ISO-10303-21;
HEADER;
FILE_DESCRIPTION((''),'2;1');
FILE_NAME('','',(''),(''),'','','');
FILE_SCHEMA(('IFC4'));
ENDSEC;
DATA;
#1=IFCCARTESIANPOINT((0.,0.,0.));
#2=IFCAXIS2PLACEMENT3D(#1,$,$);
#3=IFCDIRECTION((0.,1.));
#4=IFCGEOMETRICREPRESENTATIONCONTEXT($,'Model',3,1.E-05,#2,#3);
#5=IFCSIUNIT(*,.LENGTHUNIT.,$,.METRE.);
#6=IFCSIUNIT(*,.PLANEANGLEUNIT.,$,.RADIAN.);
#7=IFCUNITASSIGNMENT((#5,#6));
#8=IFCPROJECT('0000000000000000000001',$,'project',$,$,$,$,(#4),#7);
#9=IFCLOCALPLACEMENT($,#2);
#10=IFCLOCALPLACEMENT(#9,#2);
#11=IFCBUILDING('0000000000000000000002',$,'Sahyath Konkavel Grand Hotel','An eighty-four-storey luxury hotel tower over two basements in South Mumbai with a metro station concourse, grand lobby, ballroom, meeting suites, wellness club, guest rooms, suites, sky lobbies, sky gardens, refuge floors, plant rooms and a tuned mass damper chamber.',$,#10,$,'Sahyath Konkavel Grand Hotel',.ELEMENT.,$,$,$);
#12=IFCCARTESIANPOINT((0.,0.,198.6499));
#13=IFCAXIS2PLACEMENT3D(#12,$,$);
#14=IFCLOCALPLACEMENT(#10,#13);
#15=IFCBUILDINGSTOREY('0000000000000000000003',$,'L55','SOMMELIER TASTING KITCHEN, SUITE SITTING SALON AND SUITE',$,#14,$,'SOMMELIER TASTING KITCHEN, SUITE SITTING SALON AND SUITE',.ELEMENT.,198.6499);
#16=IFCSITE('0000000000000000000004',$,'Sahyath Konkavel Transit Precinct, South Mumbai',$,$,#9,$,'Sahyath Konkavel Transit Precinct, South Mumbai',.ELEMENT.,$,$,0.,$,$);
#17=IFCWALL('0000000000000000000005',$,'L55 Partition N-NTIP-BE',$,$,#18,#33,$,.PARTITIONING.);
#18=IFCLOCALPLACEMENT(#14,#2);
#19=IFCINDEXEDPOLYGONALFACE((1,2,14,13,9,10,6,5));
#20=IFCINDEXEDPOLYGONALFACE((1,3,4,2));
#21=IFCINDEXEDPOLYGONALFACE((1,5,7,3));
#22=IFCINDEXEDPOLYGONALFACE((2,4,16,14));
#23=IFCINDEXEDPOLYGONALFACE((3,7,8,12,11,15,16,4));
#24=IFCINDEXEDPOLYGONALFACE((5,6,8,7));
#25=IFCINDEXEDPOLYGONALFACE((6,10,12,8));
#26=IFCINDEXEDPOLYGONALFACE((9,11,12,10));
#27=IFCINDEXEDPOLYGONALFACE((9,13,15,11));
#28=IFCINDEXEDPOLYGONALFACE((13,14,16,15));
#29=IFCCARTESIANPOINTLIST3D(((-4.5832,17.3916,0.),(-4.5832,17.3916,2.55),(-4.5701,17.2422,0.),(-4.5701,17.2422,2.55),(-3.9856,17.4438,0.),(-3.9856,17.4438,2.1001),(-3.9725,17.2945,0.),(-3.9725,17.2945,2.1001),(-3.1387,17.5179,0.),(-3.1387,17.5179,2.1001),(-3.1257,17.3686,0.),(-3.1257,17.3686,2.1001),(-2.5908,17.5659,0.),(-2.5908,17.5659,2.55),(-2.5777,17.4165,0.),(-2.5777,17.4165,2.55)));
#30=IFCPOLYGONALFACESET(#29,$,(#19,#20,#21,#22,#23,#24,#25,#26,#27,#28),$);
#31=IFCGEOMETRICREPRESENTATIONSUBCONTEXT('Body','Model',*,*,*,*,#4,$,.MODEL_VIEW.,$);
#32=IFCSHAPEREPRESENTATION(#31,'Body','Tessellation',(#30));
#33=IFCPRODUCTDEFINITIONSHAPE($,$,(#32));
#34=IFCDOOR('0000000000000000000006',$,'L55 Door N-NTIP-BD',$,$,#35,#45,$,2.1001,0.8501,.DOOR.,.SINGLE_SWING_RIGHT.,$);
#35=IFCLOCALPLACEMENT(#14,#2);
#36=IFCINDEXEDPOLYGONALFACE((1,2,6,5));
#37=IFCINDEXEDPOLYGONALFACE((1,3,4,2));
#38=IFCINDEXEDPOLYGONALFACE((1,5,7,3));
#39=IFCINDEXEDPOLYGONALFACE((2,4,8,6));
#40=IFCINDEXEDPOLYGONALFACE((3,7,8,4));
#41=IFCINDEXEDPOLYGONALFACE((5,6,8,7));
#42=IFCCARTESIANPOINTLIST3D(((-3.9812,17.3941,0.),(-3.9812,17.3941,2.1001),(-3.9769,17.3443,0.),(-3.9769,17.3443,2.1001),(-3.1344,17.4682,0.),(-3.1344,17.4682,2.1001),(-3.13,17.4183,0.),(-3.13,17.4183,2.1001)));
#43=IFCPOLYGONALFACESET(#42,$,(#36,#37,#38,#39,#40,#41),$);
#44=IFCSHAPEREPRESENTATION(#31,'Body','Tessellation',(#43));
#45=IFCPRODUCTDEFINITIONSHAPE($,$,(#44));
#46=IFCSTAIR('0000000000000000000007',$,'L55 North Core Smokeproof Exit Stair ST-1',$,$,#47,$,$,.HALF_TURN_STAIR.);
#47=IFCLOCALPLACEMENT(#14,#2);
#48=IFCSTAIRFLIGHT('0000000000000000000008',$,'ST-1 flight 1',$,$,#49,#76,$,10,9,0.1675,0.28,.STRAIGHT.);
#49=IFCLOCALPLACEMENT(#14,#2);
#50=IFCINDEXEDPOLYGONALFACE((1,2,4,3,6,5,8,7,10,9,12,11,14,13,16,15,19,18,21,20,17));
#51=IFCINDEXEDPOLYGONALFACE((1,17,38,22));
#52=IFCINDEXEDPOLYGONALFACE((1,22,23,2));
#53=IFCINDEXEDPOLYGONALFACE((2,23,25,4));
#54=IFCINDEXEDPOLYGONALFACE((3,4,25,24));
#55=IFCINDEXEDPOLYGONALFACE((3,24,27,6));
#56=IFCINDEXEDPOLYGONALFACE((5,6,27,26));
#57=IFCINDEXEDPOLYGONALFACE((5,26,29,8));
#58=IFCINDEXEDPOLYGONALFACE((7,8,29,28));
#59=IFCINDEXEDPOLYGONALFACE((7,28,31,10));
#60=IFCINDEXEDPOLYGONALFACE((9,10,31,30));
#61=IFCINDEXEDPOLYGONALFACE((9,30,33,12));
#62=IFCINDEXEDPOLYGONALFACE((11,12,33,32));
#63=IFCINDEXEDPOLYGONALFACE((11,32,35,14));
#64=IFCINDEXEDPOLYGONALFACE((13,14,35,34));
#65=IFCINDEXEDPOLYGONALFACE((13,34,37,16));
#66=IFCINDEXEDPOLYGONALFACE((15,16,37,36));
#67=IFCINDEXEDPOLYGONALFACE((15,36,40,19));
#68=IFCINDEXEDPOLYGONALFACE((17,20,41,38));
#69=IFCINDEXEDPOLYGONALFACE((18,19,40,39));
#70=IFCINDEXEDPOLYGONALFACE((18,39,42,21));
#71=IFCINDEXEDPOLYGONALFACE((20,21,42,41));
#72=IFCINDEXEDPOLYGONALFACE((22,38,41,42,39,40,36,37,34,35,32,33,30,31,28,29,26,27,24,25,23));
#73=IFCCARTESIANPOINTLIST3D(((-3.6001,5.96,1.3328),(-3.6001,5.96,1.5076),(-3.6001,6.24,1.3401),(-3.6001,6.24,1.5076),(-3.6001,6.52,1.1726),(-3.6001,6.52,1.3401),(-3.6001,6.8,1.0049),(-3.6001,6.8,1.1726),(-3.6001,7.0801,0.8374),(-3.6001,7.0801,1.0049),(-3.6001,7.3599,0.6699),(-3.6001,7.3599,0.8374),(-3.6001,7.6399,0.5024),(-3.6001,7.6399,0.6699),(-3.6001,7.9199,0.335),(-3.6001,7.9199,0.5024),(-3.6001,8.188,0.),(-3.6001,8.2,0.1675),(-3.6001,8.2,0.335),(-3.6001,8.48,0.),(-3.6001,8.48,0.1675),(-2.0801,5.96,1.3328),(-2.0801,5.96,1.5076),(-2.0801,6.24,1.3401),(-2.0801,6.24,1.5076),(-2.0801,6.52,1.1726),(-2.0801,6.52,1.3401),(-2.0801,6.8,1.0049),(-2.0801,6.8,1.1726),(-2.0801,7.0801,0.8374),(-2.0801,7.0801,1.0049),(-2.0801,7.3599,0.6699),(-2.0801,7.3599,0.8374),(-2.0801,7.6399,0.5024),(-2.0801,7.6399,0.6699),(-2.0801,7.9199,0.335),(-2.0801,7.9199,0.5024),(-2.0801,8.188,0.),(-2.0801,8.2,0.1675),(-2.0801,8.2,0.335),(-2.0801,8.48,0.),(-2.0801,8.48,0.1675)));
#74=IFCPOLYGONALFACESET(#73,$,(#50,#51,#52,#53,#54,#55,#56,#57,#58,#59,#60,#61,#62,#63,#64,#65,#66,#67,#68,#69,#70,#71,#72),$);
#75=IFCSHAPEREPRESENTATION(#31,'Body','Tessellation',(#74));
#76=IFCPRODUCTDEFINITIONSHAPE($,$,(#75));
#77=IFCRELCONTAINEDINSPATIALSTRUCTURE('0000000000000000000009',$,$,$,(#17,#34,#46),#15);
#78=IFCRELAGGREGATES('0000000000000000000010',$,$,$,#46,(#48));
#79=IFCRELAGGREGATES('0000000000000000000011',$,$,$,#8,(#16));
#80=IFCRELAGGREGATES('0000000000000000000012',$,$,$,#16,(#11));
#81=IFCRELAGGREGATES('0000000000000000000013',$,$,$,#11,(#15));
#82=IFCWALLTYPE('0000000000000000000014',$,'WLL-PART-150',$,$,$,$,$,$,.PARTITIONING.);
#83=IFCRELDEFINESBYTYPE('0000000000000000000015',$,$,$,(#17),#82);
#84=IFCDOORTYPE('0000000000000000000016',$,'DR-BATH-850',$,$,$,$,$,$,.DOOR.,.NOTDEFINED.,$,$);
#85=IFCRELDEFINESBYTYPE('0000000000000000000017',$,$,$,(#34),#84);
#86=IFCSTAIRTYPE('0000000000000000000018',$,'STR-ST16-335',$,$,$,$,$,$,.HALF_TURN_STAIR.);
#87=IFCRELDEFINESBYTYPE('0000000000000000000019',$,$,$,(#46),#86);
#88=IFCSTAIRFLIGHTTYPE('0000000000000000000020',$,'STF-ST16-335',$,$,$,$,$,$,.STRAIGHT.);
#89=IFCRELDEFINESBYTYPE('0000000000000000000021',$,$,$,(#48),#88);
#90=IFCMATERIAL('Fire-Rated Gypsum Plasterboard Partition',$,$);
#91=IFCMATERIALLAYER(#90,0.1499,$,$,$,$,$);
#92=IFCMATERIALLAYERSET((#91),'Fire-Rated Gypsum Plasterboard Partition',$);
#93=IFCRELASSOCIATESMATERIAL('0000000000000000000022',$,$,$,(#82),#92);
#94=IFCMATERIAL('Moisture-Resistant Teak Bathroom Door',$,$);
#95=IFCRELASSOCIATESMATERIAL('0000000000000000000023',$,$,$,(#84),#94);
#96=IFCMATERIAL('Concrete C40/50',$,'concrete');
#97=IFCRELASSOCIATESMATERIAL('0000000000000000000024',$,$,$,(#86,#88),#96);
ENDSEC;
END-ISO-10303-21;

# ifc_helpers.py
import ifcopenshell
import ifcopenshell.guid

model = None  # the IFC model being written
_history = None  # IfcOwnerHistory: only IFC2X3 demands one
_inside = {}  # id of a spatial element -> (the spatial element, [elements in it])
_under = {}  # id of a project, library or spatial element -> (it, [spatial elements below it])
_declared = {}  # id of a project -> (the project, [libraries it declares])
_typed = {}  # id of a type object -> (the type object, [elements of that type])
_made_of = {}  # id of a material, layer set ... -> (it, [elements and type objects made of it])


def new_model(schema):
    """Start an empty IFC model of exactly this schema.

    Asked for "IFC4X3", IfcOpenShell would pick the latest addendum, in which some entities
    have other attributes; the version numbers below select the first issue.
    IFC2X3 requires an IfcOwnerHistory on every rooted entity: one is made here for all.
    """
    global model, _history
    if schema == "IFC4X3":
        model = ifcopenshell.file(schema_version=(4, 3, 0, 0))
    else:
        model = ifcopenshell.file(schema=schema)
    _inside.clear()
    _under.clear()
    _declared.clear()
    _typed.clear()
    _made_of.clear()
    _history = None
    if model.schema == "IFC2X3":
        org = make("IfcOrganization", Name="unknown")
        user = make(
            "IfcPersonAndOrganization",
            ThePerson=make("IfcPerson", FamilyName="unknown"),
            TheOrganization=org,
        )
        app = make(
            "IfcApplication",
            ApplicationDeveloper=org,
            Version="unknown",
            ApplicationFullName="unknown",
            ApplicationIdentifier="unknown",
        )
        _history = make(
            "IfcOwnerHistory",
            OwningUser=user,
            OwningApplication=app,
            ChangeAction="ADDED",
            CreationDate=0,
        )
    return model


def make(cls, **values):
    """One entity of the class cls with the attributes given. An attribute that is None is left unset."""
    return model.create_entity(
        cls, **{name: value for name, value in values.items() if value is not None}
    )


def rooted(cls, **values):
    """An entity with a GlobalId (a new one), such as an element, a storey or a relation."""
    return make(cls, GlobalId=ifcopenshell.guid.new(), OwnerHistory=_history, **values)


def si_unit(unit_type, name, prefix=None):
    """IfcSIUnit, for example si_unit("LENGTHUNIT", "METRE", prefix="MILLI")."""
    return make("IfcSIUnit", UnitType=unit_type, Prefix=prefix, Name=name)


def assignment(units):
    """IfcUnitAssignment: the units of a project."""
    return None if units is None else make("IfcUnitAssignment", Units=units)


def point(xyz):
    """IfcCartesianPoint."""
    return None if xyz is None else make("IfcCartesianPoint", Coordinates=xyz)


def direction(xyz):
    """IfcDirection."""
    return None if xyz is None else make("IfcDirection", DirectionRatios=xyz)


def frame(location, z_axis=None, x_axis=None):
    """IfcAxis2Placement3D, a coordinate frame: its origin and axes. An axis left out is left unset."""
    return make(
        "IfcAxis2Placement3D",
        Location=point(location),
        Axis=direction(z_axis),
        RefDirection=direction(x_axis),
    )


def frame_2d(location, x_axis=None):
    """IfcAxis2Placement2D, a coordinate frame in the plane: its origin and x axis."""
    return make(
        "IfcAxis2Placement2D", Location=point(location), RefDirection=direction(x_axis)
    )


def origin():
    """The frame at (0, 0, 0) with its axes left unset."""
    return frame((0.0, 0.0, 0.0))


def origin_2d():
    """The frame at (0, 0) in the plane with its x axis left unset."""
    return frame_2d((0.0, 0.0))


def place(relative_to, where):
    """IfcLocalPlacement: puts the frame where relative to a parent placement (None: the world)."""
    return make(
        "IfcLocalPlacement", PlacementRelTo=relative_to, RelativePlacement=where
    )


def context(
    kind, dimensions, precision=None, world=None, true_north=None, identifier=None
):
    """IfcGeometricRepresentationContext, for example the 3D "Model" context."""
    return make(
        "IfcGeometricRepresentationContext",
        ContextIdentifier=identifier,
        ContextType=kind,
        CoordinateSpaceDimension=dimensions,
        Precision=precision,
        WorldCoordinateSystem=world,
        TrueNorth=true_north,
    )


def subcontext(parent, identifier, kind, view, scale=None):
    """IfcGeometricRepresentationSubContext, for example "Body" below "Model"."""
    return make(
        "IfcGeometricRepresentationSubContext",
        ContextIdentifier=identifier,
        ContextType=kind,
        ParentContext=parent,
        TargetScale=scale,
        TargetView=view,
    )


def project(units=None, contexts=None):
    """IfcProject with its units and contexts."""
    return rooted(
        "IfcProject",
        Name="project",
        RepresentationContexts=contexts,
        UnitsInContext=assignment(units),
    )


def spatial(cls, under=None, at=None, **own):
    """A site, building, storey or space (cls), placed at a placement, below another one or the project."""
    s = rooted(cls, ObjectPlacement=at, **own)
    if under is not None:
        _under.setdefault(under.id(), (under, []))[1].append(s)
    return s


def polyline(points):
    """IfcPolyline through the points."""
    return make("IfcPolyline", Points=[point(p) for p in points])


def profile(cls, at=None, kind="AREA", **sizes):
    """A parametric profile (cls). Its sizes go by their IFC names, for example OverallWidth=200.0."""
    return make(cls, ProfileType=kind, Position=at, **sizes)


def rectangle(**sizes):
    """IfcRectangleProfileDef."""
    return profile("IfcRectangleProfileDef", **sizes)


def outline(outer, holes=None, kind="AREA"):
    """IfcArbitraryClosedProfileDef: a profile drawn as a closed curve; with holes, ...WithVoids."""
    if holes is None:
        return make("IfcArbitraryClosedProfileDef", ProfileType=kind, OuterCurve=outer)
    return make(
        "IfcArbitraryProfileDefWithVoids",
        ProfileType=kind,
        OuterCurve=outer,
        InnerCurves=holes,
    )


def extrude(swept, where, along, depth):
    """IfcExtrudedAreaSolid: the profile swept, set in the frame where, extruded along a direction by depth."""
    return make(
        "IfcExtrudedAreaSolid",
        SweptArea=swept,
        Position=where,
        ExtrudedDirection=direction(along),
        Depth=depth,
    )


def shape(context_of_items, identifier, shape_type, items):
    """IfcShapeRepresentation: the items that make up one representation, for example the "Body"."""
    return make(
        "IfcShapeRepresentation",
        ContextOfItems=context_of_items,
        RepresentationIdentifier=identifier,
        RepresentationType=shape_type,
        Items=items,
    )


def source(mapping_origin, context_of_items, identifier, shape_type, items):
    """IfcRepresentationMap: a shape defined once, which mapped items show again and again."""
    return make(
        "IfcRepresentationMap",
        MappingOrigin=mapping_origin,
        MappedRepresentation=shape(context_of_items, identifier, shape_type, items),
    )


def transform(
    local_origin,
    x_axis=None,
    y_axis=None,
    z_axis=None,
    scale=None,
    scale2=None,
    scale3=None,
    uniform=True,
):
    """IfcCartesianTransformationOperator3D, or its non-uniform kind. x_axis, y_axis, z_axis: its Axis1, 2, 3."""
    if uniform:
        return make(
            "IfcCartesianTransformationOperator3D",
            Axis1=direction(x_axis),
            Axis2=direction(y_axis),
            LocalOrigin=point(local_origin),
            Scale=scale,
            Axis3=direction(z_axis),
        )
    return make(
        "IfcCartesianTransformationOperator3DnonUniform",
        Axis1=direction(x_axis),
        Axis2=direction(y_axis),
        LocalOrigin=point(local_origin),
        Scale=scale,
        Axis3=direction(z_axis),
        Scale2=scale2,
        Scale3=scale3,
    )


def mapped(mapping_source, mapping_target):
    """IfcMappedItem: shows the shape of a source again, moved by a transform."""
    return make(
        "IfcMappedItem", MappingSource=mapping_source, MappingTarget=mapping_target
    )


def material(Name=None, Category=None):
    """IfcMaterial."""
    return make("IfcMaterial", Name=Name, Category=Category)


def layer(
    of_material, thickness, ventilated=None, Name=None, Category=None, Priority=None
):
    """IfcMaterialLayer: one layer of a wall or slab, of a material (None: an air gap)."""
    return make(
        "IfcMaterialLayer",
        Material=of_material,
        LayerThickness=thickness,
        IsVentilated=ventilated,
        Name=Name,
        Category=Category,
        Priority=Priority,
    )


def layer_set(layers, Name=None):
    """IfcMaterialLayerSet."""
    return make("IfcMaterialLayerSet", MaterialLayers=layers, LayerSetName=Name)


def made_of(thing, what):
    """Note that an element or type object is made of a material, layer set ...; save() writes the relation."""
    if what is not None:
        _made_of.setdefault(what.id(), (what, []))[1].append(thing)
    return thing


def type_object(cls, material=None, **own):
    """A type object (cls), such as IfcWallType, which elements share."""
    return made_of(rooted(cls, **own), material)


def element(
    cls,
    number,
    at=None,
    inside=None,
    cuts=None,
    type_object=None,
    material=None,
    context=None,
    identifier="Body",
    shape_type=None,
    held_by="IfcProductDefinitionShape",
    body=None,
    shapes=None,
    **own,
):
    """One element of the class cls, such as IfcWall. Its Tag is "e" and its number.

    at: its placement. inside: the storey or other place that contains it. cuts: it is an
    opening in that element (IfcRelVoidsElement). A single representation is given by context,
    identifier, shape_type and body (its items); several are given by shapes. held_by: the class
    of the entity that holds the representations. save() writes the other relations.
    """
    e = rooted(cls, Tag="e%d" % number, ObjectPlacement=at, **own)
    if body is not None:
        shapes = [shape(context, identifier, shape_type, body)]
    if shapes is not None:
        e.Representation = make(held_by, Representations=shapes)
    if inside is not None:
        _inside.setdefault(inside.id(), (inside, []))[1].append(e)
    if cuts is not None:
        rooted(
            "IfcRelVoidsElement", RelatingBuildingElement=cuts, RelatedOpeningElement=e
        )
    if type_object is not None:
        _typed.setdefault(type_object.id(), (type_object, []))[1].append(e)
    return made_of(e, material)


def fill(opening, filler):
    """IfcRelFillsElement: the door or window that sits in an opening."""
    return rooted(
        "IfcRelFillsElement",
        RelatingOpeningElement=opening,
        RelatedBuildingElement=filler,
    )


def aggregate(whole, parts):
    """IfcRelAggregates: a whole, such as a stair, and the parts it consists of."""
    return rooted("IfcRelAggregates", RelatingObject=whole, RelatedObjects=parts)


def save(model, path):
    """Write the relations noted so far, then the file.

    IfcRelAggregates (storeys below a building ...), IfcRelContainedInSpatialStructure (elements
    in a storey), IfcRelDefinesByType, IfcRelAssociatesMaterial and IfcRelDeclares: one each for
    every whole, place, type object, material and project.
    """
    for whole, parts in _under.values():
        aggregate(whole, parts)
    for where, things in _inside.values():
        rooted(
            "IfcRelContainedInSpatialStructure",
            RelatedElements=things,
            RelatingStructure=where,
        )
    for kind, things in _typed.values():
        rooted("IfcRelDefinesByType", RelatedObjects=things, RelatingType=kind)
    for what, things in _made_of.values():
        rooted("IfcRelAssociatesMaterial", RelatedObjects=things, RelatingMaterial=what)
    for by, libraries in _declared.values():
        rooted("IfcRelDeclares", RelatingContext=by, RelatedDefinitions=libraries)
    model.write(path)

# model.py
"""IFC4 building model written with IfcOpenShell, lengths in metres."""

from ifc_helpers import new_model, si_unit, direction, frame, frame_2d, origin, origin_2d, place, context, subcontext, project, spatial, polyline, rectangle, outline, extrude, source, transform, mapped, material, layer, layer_set, type_object, element, fill, aggregate, save


model = new_model("IFC4")

# Units and contexts
model_context = context("Model", 3, precision=1e-05, world=origin(), true_north=direction((0.0, 1.0)))
body_context = subcontext(model_context, "Body", "Model", "MODEL_VIEW")
ifc_project = project(units=[si_unit("LENGTHUNIT", "METRE"), si_unit("PLANEANGLEUNIT", "RADIAN")], contexts=[model_context])

# Site, building, storey
site_placement = place(None, origin())
site = spatial("IfcSite", under=ifc_project, at=site_placement, Name="Sahyath Konkavel Transit Precinct, South Mumbai", LongName="Sahyath Konkavel Transit Precinct, South Mumbai", CompositionType="ELEMENT", RefElevation=0.0)
building_placement = place(site_placement, origin())
building = spatial("IfcBuilding", under=site, at=building_placement, Name="Sahyath Konkavel Grand Hotel", Description="An eighty-four-storey luxury hotel tower over two basements in South Mumbai with a metro station concourse, grand lobby, ballroom, meeting suites, wellness club, guest rooms, suites, sky lobbies, sky gardens, refuge floors, plant rooms and a tuned mass damper chamber.", LongName="Sahyath Konkavel Grand Hotel", CompositionType="ELEMENT")
storey_placement = place(building_placement, frame((0.0, 0.0, 198.6499)))
storey = spatial("IfcBuildingStorey", under=building, at=storey_placement, Name="L55", Description="SOMMELIER TASTING KITCHEN, SUITE SITTING SALON AND SUITE", LongName="SOMMELIER TASTING KITCHEN, SUITE SITTING SALON AND SUITE", CompositionType="ELEMENT", Elevation=198.6499)

# Shared definitions
ifc_material_1 = material(Name="Fire-Rated Gypsum Plasterboard Partition")
ifc_layer_1 = layer(ifc_material_1, 0.1499)
ifc_layer_set_1 = layer_set([ifc_layer_1], Name="Fire-Rated Gypsum Plasterboard Partition")
wall_type_1 = type_object("IfcWallType", Name="WLL-PART-150", PredefinedType="PARTITIONING", material=ifc_layer_set_1)

# Wall, opening, door
wall_1_placement = place(storey_placement, frame((-2.5842, 17.4912, 0.0), z_axis=(0.0, 0.0, 1.0), x_axis=(-0.996195, -0.087156, 0.0)))
wall_1 = element("IfcWall", 1, at=wall_1_placement, inside=storey, type_object=wall_type_1, Name="L55 Partition N-NTIP-BE", PredefinedType="PARTITIONING", context=body_context, shape_type="SweptSolid", body=[
    extrude(rectangle(XDim=2.0, YDim=0.1499, at=frame_2d((1.0, 0.0))), origin(), (0.0, 0.0, 1.0), 2.55),
])
opening_placement = place(wall_1_placement, frame((0.55, 0.0, 0.0)))
opening = element("IfcOpeningElement", 2, at=opening_placement, cuts=wall_1, PredefinedType="OPENING", context=body_context, shape_type="SweptSolid", body=[
    extrude(rectangle(XDim=0.8501, YDim=2.1001, at=frame_2d((0.425, 1.05))), frame((0.0, 0.085, 0.0), z_axis=(0.0, -1.0, 0.0), x_axis=(1.0, 0.0, 0.0)), (0.0, 0.0, 1.0), 0.1699),
])
ifc_material_2 = material(Name="Moisture-Resistant Teak Bathroom Door")
door_type = type_object("IfcDoorType", Name="DR-BATH-850", OperationType="NOTDEFINED", PredefinedType="DOOR", material=ifc_material_2)
shared_shape_1 = source(origin(), body_context, "Body", "SweptSolid", [
    extrude(rectangle(XDim=0.8501, YDim=0.05, at=origin_2d()), origin(), (0.0, 0.0, 1.0), 2.1001),
])
door_placement = place(opening_placement, frame((0.425, 0.0, 0.0)))
door = element("IfcDoor", 3, at=door_placement, inside=storey, type_object=door_type, Name="L55 Door N-NTIP-BD", OperationType="SINGLE_SWING_RIGHT", OverallHeight=2.1001, OverallWidth=0.8501, PredefinedType="DOOR", context=body_context, shape_type="MappedRepresentation", body=[
    mapped(shared_shape_1, transform((0.0, 0.0, 0.0), scale=1.0)),
])
fill(opening, door)

# Stair, stair flight
ifc_material_3 = material(Name="Concrete C40/50", Category="concrete")
stair_type = type_object("IfcStairType", Name="STR-ST16-335", PredefinedType="HALF_TURN_STAIR", material=ifc_material_3)
stair_placement = place(storey_placement, origin())
stair = element("IfcStair", 4, at=stair_placement, inside=storey, type_object=stair_type, Name="L55 North Core Smokeproof Exit Stair ST-1", PredefinedType="HALF_TURN_STAIR")
stair_flight_type = type_object("IfcStairFlightType", Name="STF-ST16-335", PredefinedType="STRAIGHT", material=ifc_material_3)
stair_flight_placement = place(storey_placement, frame((-2.8401, 8.48, 0.0), z_axis=(0.0, 0.0, 1.0), x_axis=(0.0, -1.0, 0.0)))
stair_flight = element("IfcStairFlight", 5, at=stair_flight_placement, type_object=stair_flight_type, Name="ST-1 flight 1", NumberOfRisers=10, NumberOfTreads=9, PredefinedType="STRAIGHT", RiserHeight=0.1675, TreadLength=0.28, context=body_context, shape_type="SweptSolid", body=[
    extrude(outline(polyline([(0.0, 0.0), (0.0, 0.1675), (0.28, 0.1675), (0.28, 0.335), (0.5601, 0.335), (0.5601, 0.5024), (0.8401, 0.5024), (0.8401, 0.6699), (1.1201, 0.6699), (1.1201, 0.8374), (1.3999, 0.8374), (1.3999, 1.0049), (1.6799, 1.0049), (1.6799, 1.1726), (1.96, 1.1726), (1.96, 1.3401), (2.24, 1.3401), (2.24, 1.5076), (2.52, 1.5076), (2.52, 1.675), (2.52, 1.3328), (0.292, 0.0), (0.0, 0.0)])), frame((0.0, 0.76, 0.0), z_axis=(0.0, -1.0, 0.0), x_axis=(1.0, 0.0, 0.0)), (0.0, 0.0, 1.0), 1.52),
])
aggregate(stair, [stair_flight])

save(model, "model.ifc")
